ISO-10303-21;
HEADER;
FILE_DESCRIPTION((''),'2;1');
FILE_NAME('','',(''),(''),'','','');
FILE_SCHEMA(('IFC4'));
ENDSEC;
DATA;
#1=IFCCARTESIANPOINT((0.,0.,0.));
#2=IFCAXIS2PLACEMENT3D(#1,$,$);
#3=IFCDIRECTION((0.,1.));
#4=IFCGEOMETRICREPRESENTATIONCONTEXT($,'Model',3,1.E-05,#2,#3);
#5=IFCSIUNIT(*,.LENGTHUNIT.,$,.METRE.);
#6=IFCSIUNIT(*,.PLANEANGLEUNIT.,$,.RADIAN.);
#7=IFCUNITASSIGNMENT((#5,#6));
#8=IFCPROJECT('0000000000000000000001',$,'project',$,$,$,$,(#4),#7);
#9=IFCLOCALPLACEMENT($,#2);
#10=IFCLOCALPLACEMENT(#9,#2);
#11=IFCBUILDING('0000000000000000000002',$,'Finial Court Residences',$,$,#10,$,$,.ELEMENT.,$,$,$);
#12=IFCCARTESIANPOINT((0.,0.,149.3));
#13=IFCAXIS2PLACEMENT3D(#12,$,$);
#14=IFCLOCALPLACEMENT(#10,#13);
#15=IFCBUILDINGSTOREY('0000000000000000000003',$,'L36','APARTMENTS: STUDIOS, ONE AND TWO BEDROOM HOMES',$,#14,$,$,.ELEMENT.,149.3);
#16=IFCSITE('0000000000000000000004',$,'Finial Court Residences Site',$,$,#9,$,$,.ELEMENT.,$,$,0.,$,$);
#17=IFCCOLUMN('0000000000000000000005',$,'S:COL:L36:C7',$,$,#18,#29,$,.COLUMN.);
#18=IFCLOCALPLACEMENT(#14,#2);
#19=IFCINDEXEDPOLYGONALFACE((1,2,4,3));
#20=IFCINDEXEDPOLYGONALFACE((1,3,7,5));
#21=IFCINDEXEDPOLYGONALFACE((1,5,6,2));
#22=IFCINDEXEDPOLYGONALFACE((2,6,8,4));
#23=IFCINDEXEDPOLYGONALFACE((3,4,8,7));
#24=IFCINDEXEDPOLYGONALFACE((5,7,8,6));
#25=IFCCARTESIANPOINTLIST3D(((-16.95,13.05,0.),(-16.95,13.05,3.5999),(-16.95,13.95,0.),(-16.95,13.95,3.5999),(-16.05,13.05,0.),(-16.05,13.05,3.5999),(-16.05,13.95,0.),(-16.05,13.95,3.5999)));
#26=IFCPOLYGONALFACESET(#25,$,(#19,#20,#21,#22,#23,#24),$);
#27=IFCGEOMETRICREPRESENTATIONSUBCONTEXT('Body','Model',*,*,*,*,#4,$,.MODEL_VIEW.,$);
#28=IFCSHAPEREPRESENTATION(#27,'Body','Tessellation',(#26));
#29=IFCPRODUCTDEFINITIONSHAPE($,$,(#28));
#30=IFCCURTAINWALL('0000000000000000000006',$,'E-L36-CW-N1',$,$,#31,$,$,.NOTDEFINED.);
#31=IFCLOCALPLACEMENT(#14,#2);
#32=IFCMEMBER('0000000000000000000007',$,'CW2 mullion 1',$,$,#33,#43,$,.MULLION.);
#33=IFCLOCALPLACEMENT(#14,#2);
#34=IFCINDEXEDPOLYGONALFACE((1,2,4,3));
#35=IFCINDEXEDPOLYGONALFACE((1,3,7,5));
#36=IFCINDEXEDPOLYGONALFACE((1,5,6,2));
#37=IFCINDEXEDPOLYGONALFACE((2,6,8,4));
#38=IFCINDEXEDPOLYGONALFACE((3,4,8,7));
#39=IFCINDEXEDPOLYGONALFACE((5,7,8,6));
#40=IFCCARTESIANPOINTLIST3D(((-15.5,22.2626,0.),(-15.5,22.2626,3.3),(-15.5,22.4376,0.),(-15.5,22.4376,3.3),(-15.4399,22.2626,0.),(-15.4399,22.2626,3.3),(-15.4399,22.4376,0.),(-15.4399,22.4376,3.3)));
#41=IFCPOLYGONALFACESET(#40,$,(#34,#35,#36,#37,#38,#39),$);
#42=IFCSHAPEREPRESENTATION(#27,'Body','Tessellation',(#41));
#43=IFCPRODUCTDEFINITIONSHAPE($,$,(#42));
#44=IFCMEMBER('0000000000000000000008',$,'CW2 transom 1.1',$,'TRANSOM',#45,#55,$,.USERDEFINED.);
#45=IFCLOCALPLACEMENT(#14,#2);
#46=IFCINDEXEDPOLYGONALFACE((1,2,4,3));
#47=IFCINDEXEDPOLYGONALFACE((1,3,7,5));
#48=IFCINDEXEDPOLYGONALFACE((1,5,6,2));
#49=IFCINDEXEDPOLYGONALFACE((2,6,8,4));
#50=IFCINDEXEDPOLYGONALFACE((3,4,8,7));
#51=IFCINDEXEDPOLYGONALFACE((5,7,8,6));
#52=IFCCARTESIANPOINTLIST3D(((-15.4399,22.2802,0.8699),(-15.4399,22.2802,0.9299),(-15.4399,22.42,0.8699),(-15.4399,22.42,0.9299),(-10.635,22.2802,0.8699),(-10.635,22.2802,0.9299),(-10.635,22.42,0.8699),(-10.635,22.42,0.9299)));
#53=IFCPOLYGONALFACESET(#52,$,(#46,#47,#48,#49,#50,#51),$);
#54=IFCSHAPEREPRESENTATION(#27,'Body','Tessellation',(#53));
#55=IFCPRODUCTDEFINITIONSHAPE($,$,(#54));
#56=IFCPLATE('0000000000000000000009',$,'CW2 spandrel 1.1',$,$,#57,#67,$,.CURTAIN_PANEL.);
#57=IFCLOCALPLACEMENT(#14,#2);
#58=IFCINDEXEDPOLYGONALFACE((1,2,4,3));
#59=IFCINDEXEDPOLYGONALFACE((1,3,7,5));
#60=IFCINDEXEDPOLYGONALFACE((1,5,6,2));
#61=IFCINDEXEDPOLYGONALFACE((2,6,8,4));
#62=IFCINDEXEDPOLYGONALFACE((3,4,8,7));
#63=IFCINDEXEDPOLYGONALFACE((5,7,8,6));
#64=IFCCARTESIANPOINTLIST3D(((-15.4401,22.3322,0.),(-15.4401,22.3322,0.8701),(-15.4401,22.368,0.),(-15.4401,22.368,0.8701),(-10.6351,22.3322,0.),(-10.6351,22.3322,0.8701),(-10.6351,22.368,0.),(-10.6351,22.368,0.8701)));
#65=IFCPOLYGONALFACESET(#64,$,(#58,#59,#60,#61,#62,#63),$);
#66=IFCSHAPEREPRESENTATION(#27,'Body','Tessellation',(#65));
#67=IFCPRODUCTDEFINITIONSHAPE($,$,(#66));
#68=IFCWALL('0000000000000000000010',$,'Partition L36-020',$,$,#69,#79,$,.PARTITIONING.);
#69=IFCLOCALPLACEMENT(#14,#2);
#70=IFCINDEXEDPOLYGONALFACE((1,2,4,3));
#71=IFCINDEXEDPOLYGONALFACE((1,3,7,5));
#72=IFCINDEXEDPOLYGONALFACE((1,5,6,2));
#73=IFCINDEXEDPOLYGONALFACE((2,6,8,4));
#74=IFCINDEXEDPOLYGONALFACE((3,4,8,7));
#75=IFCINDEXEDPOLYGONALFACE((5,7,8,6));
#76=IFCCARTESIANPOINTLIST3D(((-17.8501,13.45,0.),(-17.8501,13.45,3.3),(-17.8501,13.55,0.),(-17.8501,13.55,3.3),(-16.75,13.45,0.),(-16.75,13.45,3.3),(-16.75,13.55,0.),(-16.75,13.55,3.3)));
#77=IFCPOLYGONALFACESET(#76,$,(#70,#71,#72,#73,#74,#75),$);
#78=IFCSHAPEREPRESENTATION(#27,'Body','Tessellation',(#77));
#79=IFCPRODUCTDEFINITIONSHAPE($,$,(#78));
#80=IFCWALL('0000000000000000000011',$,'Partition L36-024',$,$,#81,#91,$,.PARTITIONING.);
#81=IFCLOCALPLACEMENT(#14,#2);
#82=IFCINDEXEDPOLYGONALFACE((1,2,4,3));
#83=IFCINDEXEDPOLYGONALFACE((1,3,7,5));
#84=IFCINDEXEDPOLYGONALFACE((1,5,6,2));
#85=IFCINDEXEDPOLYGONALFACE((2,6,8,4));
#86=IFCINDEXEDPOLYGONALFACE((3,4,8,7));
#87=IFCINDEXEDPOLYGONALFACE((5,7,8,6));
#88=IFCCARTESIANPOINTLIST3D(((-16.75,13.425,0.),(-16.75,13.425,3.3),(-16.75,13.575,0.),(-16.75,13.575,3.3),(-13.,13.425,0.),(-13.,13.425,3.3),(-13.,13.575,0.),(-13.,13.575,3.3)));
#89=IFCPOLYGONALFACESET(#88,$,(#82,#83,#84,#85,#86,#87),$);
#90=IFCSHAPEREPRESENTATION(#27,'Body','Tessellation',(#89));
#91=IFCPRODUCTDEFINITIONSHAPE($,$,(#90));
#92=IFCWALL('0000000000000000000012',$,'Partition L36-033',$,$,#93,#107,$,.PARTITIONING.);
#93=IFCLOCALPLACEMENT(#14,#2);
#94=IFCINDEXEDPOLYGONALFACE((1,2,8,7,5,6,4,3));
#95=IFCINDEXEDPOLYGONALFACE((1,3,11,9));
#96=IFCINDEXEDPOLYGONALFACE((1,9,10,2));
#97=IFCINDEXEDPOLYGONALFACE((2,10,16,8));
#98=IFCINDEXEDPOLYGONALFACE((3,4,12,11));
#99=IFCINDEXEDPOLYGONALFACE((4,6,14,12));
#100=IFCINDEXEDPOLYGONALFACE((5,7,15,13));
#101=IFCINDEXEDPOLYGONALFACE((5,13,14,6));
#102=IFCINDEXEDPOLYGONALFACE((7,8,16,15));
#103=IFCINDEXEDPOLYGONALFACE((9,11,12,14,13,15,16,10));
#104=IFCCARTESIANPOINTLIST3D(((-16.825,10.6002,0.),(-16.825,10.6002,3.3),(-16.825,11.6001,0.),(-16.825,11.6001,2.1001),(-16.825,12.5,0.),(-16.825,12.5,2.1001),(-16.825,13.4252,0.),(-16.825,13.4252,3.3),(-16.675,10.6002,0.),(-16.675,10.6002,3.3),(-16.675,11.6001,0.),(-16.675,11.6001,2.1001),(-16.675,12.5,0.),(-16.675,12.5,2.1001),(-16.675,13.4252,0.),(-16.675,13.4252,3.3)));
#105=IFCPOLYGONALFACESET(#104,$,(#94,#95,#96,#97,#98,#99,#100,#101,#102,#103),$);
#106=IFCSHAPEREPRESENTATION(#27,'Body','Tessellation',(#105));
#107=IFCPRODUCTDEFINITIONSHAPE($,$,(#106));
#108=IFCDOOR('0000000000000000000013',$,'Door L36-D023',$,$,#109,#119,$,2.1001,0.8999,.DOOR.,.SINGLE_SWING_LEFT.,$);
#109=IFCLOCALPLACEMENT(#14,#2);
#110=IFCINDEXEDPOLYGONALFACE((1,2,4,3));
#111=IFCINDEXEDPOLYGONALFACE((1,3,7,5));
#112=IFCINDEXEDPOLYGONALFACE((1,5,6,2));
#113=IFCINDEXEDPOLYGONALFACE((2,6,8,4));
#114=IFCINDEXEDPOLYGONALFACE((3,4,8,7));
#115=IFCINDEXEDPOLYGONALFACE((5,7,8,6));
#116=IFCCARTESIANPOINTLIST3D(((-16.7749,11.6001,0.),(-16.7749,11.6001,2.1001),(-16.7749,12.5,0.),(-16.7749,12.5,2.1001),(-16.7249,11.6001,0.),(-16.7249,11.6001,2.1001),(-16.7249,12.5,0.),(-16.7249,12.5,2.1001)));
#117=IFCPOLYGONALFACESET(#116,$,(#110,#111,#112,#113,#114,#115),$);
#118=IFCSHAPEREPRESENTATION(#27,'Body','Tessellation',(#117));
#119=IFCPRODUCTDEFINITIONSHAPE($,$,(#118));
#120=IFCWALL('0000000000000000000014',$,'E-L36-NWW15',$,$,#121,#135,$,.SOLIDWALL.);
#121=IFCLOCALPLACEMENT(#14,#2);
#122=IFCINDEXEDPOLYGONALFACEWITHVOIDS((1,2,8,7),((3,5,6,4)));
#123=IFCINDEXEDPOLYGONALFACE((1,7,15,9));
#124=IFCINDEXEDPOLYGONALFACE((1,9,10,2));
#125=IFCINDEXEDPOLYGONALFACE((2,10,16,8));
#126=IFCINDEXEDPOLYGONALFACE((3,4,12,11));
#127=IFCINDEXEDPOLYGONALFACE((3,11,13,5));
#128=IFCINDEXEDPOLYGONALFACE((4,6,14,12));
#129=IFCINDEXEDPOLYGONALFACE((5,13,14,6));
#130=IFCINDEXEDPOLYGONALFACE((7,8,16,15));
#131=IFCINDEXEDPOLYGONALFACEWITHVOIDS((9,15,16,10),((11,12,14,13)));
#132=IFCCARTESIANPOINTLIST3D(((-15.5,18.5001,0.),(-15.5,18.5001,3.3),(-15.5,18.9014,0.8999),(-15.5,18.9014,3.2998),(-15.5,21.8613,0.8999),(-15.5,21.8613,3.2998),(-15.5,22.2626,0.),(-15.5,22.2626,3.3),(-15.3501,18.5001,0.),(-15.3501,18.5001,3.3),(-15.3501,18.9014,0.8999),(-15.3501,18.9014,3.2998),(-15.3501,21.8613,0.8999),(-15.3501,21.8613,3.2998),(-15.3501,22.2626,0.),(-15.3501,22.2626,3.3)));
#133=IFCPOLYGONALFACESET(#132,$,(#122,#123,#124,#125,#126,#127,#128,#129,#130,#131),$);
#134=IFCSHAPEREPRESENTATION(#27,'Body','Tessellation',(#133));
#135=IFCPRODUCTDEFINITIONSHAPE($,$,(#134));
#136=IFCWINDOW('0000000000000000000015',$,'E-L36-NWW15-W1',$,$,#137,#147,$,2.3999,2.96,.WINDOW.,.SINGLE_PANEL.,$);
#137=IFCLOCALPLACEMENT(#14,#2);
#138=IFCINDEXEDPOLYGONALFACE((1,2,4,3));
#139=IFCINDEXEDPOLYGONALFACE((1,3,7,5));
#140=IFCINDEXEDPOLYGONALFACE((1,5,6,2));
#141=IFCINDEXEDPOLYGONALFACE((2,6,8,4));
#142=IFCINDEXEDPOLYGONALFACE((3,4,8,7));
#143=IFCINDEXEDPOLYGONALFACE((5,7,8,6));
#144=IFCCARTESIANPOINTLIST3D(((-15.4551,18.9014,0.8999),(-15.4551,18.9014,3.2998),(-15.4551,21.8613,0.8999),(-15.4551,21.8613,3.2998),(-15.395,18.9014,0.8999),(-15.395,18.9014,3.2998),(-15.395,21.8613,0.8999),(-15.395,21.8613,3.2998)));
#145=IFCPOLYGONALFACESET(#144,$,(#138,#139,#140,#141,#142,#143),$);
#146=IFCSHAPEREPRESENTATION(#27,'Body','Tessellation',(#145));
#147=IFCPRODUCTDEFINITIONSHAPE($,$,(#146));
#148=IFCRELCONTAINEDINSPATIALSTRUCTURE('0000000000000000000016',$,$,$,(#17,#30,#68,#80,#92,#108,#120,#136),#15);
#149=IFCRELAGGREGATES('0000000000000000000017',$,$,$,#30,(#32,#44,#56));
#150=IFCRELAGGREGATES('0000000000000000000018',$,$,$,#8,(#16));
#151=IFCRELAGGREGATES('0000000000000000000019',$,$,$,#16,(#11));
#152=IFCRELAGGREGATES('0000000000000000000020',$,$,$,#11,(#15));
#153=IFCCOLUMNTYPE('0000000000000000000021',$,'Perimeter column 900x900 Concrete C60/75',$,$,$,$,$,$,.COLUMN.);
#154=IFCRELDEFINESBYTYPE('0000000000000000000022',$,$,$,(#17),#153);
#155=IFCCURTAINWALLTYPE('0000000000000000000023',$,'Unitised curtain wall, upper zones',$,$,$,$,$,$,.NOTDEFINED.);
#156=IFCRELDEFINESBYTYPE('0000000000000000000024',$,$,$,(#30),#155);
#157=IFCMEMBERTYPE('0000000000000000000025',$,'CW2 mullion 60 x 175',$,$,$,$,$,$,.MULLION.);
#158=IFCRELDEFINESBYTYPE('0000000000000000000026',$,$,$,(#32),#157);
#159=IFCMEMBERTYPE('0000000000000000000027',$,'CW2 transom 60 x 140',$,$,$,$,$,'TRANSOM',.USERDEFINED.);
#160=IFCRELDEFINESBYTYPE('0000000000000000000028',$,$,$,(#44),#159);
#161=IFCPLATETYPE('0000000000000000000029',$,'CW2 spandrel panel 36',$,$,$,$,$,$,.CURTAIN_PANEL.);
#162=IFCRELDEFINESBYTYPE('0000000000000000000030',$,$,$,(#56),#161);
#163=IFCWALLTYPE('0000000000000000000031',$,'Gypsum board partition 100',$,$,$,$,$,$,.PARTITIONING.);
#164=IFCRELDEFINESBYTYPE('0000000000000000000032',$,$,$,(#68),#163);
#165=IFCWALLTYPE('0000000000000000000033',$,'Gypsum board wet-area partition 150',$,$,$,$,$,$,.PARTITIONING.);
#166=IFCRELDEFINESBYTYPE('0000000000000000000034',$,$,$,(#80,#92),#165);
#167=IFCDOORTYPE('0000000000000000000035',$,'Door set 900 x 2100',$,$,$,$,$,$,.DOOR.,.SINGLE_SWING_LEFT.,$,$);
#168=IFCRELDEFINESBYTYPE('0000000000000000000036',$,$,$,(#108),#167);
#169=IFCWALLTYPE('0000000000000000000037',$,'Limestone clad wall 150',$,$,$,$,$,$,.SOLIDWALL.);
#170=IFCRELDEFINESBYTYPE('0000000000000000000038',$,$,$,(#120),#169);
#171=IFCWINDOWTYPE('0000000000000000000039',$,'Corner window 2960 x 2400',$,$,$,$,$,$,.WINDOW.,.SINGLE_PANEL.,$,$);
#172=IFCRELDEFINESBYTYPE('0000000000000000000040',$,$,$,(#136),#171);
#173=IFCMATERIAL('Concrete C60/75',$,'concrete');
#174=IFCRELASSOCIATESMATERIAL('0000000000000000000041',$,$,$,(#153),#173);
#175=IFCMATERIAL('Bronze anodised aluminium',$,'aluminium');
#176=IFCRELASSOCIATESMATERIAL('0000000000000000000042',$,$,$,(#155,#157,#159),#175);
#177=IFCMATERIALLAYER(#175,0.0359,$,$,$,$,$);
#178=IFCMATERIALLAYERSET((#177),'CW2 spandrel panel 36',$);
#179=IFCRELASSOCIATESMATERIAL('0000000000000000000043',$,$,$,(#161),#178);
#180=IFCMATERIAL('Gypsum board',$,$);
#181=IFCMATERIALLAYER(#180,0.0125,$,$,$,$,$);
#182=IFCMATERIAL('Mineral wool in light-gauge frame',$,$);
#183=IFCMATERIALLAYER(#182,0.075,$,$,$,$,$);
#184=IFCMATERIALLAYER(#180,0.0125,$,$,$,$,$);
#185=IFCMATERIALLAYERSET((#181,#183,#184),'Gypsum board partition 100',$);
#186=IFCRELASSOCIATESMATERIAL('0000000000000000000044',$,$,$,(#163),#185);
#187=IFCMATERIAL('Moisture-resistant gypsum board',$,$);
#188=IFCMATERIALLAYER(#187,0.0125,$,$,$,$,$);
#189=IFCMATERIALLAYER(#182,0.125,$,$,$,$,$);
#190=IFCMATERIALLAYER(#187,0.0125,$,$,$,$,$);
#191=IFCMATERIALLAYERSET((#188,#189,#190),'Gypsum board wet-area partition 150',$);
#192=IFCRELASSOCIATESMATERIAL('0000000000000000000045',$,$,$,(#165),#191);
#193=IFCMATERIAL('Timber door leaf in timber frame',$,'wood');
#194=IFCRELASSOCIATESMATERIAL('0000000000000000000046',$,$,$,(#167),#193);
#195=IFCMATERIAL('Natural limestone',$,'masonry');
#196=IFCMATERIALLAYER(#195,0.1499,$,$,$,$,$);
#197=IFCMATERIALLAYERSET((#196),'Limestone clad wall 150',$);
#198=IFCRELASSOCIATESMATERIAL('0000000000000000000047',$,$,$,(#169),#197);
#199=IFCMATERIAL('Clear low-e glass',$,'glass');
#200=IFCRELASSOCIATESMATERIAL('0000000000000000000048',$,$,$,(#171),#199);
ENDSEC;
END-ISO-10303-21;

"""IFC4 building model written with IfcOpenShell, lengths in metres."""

from ifc_helpers import new_model, si_unit, direction, frame, frame_2d, origin, origin_2d, place, context, subcontext, project, spatial, rectangle, extrude, material, layer, layer_set, material_profile, profile_set, type_object, element, fill, aggregate, save


model = new_model("IFC4")

# Units and contexts
model_context = context("Model", 3, precision=1e-05, world=origin(), true_north=direction((0.0, 1.0)))
body_context = subcontext(model_context, "Body", "Model", "MODEL_VIEW")
ifc_project = project(units=[si_unit("LENGTHUNIT", "METRE"), si_unit("PLANEANGLEUNIT", "RADIAN")], contexts=[model_context])

# Site, building, storey
site_placement = place(None, origin())
site = spatial("IfcSite", under=ifc_project, at=site_placement, Name="Finial Court Residences Site", CompositionType="ELEMENT", RefElevation=0.0)
building_placement = place(site_placement, origin())
building = spatial("IfcBuilding", under=site, at=building_placement, Name="Finial Court Residences", CompositionType="ELEMENT")
storey_placement = place(building_placement, frame((0.0, 0.0, 149.3)))
storey = spatial("IfcBuildingStorey", under=building, at=storey_placement, Name="L36", Description="APARTMENTS: STUDIOS, ONE AND TWO BEDROOM HOMES", CompositionType="ELEMENT", Elevation=149.3)

# Column
ifc_material_1 = material(Name="Concrete C60/75", Category="concrete")
ifc_material_profile_1 = material_profile(ifc_material_1, rectangle(XDim=0.8999, YDim=0.8999, at=origin_2d()), Name="900x900")
ifc_profile_set_1 = profile_set([ifc_material_profile_1], Name="Concrete C60/75")
column_type = type_object("IfcColumnType", Name="Perimeter column 900x900 Concrete C60/75", PredefinedType="COLUMN", material=ifc_profile_set_1)
column_placement = place(storey_placement, frame((-16.5, 13.5, 0.0), z_axis=(0.0, 0.0, 1.0), x_axis=(1.0, 0.0, 0.0)))
element("IfcColumn", 1, at=column_placement, inside=storey, type_object=column_type, Name="S:COL:L36:C7", PredefinedType="COLUMN", context=body_context, shape_type="SweptSolid", body=[
    extrude(rectangle(XDim=0.8999, YDim=0.8999, at=origin_2d()), origin(), (0.0, 0.0, 1.0), 3.5999),
])

# Curtain wall, members, plate
ifc_material_2 = material(Name="Bronze anodised aluminium", Category="aluminium")
curtain_wall_type = type_object("IfcCurtainWallType", Name="Unitised curtain wall, upper zones", PredefinedType="NOTDEFINED", material=ifc_material_2)
curtain_wall_placement = place(storey_placement, origin())
curtain_wall = element("IfcCurtainWall", 2, at=curtain_wall_placement, inside=storey, type_object=curtain_wall_type, Name="E-L36-CW-N1", PredefinedType="NOTDEFINED")
ifc_material_profile_2 = material_profile(ifc_material_2, rectangle(XDim=0.175, YDim=0.0601, at=origin_2d()), Name="CW2 mullion 60 x 175")
ifc_profile_set_2 = profile_set([ifc_material_profile_2], Name="Bronze anodised aluminium")
member_type_1 = type_object("IfcMemberType", Name="CW2 mullion 60 x 175", PredefinedType="MULLION", material=ifc_profile_set_2)
member_1_placement = place(storey_placement, frame((-15.47, 22.3501, 0.0), z_axis=(0.0, 0.0, 1.0), x_axis=(0.0, 1.0, 0.0)))
member_1 = element("IfcMember", 3, at=member_1_placement, type_object=member_type_1, Name="CW2 mullion 1", PredefinedType="MULLION", context=body_context, shape_type="SweptSolid", body=[
    extrude(rectangle(XDim=0.175, YDim=0.0601, at=origin_2d()), origin(), (0.0, 0.0, 1.0), 3.3),
])
ifc_material_profile_3 = material_profile(ifc_material_2, rectangle(XDim=0.1399, YDim=0.0601, at=origin_2d()), Name="CW2 transom 60 x 140")
ifc_profile_set_3 = profile_set([ifc_material_profile_3], Name="Bronze anodised aluminium")
member_type_2 = type_object("IfcMemberType", Name="CW2 transom 60 x 140", ElementType="TRANSOM", PredefinedType="USERDEFINED", material=ifc_profile_set_3)
member_2_placement = place(storey_placement, frame((-15.4399, 22.3501, 0.8999), z_axis=(1.0, 0.0, 0.0), x_axis=(0.0, 1.0, 0.0)))
member_2 = element("IfcMember", 4, at=member_2_placement, type_object=member_type_2, Name="CW2 transom 1.1", ObjectType="TRANSOM", PredefinedType="USERDEFINED", context=body_context, shape_type="SweptSolid", body=[
    extrude(rectangle(XDim=0.1399, YDim=0.0601, at=origin_2d()), origin(), (0.0, 0.0, 1.0), 4.8049),
])
ifc_layer_1 = layer(ifc_material_2, 0.0359)
ifc_layer_set_1 = layer_set([ifc_layer_1], Name="CW2 spandrel panel 36")
plate_type = type_object("IfcPlateType", Name="CW2 spandrel panel 36", PredefinedType="CURTAIN_PANEL", material=ifc_layer_set_1)
plate_placement = place(storey_placement, frame((-13.0376, 22.3501, 0.0), z_axis=(0.0, 0.0, 1.0), x_axis=(1.0, 0.0, 0.0)))
plate = element("IfcPlate", 5, at=plate_placement, type_object=plate_type, Name="CW2 spandrel 1.1", PredefinedType="CURTAIN_PANEL", context=body_context, shape_type="SweptSolid", body=[
    extrude(rectangle(XDim=4.8049, YDim=0.0359, at=origin_2d()), origin(), (0.0, 0.0, 1.0), 0.8701),
])
aggregate(curtain_wall, [member_1, member_2, plate])

# Walls
ifc_material_3 = material(Name="Gypsum board")
ifc_layer_2 = layer(ifc_material_3, 0.0125)
ifc_material_4 = material(Name="Mineral wool in light-gauge frame")
ifc_layer_3 = layer(ifc_material_4, 0.075)
ifc_layer_4 = layer(ifc_material_3, 0.0125)
ifc_layer_set_2 = layer_set([ifc_layer_2, ifc_layer_3, ifc_layer_4], Name="Gypsum board partition 100")
wall_type_1 = type_object("IfcWallType", Name="Gypsum board partition 100", PredefinedType="PARTITIONING", material=ifc_layer_set_2)
wall_1_placement = place(storey_placement, frame((-17.8501, 13.5, 0.0), z_axis=(0.0, 0.0, 1.0), x_axis=(1.0, 0.0, 0.0)))
element("IfcWall", 6, at=wall_1_placement, inside=storey, type_object=wall_type_1, Name="Partition L36-020", PredefinedType="PARTITIONING", context=body_context, shape_type="SweptSolid", body=[
    extrude(rectangle(XDim=1.1001, YDim=0.1001, at=frame_2d((0.55, 0.0))), origin(), (0.0, 0.0, 1.0), 3.3),
])
ifc_material_5 = material(Name="Moisture-resistant gypsum board")
ifc_layer_5 = layer(ifc_material_5, 0.0125)
ifc_layer_6 = layer(ifc_material_4, 0.125)
ifc_layer_7 = layer(ifc_material_5, 0.0125)
ifc_layer_set_3 = layer_set([ifc_layer_5, ifc_layer_6, ifc_layer_7], Name="Gypsum board wet-area partition 150")
wall_type_2 = type_object("IfcWallType", Name="Gypsum board wet-area partition 150", PredefinedType="PARTITIONING", material=ifc_layer_set_3)
wall_2_placement = place(storey_placement, frame((-16.75, 13.5, 0.0), z_axis=(0.0, 0.0, 1.0), x_axis=(1.0, 0.0, 0.0)))
element("IfcWall", 7, at=wall_2_placement, inside=storey, type_object=wall_type_2, Name="Partition L36-024", PredefinedType="PARTITIONING", context=body_context, shape_type="SweptSolid", body=[
    extrude(rectangle(XDim=3.75, YDim=0.1499, at=frame_2d((1.875, 0.0))), origin(), (0.0, 0.0, 1.0), 3.3),
])

# Wall, opening, door
wall_3_placement = place(storey_placement, frame((-16.75, 10.6001, 0.0), z_axis=(0.0, 0.0, 1.0), x_axis=(0.0, 1.0, 0.0)))
wall_3 = element("IfcWall", 8, at=wall_3_placement, inside=storey, type_object=wall_type_2, Name="Partition L36-033", PredefinedType="PARTITIONING", context=body_context, shape_type="SweptSolid", body=[
    extrude(rectangle(XDim=2.825, YDim=0.1499, at=frame_2d((1.4126, 0.0))), origin(), (0.0, 0.0, 1.0), 3.3),
])
opening_1_placement = place(wall_3_placement, frame((1.0, 0.0, 0.0)))
opening_1 = element("IfcOpeningElement", 9, at=opening_1_placement, cuts=wall_3, PredefinedType="OPENING", context=body_context, shape_type="SweptSolid", body=[
    extrude(rectangle(XDim=0.8999, YDim=2.1001, at=frame_2d((0.45, 1.05))), frame((0.0, 0.085, 0.0), z_axis=(0.0, -1.0, 0.0), x_axis=(1.0, 0.0, 0.0)), (0.0, 0.0, 1.0), 0.1699),
])
ifc_material_6 = material(Name="Timber door leaf in timber frame", Category="wood")
door_type_1 = type_object("IfcDoorType", Name="Door set 900 x 2100", OperationType="SINGLE_SWING_LEFT", PredefinedType="DOOR", material=ifc_material_6)
door_1_placement = place(opening_1_placement, origin())
door_1 = element("IfcDoor", 10, at=door_1_placement, inside=storey, type_object=door_type_1, Name="Door L36-D023", OperationType="SINGLE_SWING_LEFT", OverallHeight=2.1001, OverallWidth=0.8999, PredefinedType="DOOR", context=body_context, shape_type="SweptSolid", body=[
    extrude(rectangle(XDim=0.8999, YDim=2.1001, at=frame_2d((0.45, 1.05))), frame((0.0, 0.0249, 0.0), z_axis=(0.0, -1.0, 0.0), x_axis=(1.0, 0.0, 0.0)), (0.0, 0.0, 1.0), 0.05),
])
fill(opening_1, door_1)

# Wall, opening, window
ifc_material_7 = material(Name="Natural limestone", Category="masonry")
ifc_layer_8 = layer(ifc_material_7, 0.1499)
ifc_layer_set_4 = layer_set([ifc_layer_8], Name="Limestone clad wall 150")
wall_type_3 = type_object("IfcWallType", Name="Limestone clad wall 150", PredefinedType="SOLIDWALL", material=ifc_layer_set_4)
wall_4_placement = place(storey_placement, frame((-15.425, 18.5, 0.0), z_axis=(0.0, 0.0, 1.0), x_axis=(0.0, 1.0, 0.0)))
wall_4 = element("IfcWall", 11, at=wall_4_placement, inside=storey, type_object=wall_type_3, Name="E-L36-NWW15", PredefinedType="SOLIDWALL", context=body_context, shape_type="SweptSolid", body=[
    extrude(rectangle(XDim=3.7625, YDim=0.1499, at=frame_2d((1.8813, 0.0))), origin(), (0.0, 0.0, 1.0), 3.3),
])
opening_2_placement = place(wall_4_placement, frame((0.4014, 0.0, 0.8999)))
opening_2 = element("IfcOpeningElement", 12, at=opening_2_placement, cuts=wall_4, PredefinedType="OPENING", context=body_context, shape_type="SweptSolid", body=[
    extrude(rectangle(XDim=2.96, YDim=2.3999, at=frame_2d((1.48, 1.2))), frame((0.0, 0.085, 0.0), z_axis=(0.0, -1.0, 0.0), x_axis=(1.0, 0.0, 0.0)), (0.0, 0.0, 1.0), 0.1699),
])
ifc_material_8 = material(Name="Clear low-e glass", Category="glass")
window_type_1 = type_object("IfcWindowType", Name="Corner window 2960 x 2400", PartitioningType="SINGLE_PANEL", PredefinedType="WINDOW", material=ifc_material_8)
window_1_placement = place(opening_2_placement, origin())
window_1 = element("IfcWindow", 13, at=window_1_placement, inside=storey, type_object=window_type_1, Name="E-L36-NWW15-W1", OverallHeight=2.3999, OverallWidth=2.96, PartitioningType="SINGLE_PANEL", PredefinedType="WINDOW", context=body_context, shape_type="SweptSolid", body=[
    extrude(rectangle(XDim=2.96, YDim=2.3999, at=frame_2d((1.48, 1.2))), frame((0.0, 0.03, 0.0), z_axis=(0.0, -1.0, 0.0), x_axis=(1.0, 0.0, 0.0)), (0.0, 0.0, 1.0), 0.0601),
])
fill(opening_2, window_1)

save(model, "model.ifc")
